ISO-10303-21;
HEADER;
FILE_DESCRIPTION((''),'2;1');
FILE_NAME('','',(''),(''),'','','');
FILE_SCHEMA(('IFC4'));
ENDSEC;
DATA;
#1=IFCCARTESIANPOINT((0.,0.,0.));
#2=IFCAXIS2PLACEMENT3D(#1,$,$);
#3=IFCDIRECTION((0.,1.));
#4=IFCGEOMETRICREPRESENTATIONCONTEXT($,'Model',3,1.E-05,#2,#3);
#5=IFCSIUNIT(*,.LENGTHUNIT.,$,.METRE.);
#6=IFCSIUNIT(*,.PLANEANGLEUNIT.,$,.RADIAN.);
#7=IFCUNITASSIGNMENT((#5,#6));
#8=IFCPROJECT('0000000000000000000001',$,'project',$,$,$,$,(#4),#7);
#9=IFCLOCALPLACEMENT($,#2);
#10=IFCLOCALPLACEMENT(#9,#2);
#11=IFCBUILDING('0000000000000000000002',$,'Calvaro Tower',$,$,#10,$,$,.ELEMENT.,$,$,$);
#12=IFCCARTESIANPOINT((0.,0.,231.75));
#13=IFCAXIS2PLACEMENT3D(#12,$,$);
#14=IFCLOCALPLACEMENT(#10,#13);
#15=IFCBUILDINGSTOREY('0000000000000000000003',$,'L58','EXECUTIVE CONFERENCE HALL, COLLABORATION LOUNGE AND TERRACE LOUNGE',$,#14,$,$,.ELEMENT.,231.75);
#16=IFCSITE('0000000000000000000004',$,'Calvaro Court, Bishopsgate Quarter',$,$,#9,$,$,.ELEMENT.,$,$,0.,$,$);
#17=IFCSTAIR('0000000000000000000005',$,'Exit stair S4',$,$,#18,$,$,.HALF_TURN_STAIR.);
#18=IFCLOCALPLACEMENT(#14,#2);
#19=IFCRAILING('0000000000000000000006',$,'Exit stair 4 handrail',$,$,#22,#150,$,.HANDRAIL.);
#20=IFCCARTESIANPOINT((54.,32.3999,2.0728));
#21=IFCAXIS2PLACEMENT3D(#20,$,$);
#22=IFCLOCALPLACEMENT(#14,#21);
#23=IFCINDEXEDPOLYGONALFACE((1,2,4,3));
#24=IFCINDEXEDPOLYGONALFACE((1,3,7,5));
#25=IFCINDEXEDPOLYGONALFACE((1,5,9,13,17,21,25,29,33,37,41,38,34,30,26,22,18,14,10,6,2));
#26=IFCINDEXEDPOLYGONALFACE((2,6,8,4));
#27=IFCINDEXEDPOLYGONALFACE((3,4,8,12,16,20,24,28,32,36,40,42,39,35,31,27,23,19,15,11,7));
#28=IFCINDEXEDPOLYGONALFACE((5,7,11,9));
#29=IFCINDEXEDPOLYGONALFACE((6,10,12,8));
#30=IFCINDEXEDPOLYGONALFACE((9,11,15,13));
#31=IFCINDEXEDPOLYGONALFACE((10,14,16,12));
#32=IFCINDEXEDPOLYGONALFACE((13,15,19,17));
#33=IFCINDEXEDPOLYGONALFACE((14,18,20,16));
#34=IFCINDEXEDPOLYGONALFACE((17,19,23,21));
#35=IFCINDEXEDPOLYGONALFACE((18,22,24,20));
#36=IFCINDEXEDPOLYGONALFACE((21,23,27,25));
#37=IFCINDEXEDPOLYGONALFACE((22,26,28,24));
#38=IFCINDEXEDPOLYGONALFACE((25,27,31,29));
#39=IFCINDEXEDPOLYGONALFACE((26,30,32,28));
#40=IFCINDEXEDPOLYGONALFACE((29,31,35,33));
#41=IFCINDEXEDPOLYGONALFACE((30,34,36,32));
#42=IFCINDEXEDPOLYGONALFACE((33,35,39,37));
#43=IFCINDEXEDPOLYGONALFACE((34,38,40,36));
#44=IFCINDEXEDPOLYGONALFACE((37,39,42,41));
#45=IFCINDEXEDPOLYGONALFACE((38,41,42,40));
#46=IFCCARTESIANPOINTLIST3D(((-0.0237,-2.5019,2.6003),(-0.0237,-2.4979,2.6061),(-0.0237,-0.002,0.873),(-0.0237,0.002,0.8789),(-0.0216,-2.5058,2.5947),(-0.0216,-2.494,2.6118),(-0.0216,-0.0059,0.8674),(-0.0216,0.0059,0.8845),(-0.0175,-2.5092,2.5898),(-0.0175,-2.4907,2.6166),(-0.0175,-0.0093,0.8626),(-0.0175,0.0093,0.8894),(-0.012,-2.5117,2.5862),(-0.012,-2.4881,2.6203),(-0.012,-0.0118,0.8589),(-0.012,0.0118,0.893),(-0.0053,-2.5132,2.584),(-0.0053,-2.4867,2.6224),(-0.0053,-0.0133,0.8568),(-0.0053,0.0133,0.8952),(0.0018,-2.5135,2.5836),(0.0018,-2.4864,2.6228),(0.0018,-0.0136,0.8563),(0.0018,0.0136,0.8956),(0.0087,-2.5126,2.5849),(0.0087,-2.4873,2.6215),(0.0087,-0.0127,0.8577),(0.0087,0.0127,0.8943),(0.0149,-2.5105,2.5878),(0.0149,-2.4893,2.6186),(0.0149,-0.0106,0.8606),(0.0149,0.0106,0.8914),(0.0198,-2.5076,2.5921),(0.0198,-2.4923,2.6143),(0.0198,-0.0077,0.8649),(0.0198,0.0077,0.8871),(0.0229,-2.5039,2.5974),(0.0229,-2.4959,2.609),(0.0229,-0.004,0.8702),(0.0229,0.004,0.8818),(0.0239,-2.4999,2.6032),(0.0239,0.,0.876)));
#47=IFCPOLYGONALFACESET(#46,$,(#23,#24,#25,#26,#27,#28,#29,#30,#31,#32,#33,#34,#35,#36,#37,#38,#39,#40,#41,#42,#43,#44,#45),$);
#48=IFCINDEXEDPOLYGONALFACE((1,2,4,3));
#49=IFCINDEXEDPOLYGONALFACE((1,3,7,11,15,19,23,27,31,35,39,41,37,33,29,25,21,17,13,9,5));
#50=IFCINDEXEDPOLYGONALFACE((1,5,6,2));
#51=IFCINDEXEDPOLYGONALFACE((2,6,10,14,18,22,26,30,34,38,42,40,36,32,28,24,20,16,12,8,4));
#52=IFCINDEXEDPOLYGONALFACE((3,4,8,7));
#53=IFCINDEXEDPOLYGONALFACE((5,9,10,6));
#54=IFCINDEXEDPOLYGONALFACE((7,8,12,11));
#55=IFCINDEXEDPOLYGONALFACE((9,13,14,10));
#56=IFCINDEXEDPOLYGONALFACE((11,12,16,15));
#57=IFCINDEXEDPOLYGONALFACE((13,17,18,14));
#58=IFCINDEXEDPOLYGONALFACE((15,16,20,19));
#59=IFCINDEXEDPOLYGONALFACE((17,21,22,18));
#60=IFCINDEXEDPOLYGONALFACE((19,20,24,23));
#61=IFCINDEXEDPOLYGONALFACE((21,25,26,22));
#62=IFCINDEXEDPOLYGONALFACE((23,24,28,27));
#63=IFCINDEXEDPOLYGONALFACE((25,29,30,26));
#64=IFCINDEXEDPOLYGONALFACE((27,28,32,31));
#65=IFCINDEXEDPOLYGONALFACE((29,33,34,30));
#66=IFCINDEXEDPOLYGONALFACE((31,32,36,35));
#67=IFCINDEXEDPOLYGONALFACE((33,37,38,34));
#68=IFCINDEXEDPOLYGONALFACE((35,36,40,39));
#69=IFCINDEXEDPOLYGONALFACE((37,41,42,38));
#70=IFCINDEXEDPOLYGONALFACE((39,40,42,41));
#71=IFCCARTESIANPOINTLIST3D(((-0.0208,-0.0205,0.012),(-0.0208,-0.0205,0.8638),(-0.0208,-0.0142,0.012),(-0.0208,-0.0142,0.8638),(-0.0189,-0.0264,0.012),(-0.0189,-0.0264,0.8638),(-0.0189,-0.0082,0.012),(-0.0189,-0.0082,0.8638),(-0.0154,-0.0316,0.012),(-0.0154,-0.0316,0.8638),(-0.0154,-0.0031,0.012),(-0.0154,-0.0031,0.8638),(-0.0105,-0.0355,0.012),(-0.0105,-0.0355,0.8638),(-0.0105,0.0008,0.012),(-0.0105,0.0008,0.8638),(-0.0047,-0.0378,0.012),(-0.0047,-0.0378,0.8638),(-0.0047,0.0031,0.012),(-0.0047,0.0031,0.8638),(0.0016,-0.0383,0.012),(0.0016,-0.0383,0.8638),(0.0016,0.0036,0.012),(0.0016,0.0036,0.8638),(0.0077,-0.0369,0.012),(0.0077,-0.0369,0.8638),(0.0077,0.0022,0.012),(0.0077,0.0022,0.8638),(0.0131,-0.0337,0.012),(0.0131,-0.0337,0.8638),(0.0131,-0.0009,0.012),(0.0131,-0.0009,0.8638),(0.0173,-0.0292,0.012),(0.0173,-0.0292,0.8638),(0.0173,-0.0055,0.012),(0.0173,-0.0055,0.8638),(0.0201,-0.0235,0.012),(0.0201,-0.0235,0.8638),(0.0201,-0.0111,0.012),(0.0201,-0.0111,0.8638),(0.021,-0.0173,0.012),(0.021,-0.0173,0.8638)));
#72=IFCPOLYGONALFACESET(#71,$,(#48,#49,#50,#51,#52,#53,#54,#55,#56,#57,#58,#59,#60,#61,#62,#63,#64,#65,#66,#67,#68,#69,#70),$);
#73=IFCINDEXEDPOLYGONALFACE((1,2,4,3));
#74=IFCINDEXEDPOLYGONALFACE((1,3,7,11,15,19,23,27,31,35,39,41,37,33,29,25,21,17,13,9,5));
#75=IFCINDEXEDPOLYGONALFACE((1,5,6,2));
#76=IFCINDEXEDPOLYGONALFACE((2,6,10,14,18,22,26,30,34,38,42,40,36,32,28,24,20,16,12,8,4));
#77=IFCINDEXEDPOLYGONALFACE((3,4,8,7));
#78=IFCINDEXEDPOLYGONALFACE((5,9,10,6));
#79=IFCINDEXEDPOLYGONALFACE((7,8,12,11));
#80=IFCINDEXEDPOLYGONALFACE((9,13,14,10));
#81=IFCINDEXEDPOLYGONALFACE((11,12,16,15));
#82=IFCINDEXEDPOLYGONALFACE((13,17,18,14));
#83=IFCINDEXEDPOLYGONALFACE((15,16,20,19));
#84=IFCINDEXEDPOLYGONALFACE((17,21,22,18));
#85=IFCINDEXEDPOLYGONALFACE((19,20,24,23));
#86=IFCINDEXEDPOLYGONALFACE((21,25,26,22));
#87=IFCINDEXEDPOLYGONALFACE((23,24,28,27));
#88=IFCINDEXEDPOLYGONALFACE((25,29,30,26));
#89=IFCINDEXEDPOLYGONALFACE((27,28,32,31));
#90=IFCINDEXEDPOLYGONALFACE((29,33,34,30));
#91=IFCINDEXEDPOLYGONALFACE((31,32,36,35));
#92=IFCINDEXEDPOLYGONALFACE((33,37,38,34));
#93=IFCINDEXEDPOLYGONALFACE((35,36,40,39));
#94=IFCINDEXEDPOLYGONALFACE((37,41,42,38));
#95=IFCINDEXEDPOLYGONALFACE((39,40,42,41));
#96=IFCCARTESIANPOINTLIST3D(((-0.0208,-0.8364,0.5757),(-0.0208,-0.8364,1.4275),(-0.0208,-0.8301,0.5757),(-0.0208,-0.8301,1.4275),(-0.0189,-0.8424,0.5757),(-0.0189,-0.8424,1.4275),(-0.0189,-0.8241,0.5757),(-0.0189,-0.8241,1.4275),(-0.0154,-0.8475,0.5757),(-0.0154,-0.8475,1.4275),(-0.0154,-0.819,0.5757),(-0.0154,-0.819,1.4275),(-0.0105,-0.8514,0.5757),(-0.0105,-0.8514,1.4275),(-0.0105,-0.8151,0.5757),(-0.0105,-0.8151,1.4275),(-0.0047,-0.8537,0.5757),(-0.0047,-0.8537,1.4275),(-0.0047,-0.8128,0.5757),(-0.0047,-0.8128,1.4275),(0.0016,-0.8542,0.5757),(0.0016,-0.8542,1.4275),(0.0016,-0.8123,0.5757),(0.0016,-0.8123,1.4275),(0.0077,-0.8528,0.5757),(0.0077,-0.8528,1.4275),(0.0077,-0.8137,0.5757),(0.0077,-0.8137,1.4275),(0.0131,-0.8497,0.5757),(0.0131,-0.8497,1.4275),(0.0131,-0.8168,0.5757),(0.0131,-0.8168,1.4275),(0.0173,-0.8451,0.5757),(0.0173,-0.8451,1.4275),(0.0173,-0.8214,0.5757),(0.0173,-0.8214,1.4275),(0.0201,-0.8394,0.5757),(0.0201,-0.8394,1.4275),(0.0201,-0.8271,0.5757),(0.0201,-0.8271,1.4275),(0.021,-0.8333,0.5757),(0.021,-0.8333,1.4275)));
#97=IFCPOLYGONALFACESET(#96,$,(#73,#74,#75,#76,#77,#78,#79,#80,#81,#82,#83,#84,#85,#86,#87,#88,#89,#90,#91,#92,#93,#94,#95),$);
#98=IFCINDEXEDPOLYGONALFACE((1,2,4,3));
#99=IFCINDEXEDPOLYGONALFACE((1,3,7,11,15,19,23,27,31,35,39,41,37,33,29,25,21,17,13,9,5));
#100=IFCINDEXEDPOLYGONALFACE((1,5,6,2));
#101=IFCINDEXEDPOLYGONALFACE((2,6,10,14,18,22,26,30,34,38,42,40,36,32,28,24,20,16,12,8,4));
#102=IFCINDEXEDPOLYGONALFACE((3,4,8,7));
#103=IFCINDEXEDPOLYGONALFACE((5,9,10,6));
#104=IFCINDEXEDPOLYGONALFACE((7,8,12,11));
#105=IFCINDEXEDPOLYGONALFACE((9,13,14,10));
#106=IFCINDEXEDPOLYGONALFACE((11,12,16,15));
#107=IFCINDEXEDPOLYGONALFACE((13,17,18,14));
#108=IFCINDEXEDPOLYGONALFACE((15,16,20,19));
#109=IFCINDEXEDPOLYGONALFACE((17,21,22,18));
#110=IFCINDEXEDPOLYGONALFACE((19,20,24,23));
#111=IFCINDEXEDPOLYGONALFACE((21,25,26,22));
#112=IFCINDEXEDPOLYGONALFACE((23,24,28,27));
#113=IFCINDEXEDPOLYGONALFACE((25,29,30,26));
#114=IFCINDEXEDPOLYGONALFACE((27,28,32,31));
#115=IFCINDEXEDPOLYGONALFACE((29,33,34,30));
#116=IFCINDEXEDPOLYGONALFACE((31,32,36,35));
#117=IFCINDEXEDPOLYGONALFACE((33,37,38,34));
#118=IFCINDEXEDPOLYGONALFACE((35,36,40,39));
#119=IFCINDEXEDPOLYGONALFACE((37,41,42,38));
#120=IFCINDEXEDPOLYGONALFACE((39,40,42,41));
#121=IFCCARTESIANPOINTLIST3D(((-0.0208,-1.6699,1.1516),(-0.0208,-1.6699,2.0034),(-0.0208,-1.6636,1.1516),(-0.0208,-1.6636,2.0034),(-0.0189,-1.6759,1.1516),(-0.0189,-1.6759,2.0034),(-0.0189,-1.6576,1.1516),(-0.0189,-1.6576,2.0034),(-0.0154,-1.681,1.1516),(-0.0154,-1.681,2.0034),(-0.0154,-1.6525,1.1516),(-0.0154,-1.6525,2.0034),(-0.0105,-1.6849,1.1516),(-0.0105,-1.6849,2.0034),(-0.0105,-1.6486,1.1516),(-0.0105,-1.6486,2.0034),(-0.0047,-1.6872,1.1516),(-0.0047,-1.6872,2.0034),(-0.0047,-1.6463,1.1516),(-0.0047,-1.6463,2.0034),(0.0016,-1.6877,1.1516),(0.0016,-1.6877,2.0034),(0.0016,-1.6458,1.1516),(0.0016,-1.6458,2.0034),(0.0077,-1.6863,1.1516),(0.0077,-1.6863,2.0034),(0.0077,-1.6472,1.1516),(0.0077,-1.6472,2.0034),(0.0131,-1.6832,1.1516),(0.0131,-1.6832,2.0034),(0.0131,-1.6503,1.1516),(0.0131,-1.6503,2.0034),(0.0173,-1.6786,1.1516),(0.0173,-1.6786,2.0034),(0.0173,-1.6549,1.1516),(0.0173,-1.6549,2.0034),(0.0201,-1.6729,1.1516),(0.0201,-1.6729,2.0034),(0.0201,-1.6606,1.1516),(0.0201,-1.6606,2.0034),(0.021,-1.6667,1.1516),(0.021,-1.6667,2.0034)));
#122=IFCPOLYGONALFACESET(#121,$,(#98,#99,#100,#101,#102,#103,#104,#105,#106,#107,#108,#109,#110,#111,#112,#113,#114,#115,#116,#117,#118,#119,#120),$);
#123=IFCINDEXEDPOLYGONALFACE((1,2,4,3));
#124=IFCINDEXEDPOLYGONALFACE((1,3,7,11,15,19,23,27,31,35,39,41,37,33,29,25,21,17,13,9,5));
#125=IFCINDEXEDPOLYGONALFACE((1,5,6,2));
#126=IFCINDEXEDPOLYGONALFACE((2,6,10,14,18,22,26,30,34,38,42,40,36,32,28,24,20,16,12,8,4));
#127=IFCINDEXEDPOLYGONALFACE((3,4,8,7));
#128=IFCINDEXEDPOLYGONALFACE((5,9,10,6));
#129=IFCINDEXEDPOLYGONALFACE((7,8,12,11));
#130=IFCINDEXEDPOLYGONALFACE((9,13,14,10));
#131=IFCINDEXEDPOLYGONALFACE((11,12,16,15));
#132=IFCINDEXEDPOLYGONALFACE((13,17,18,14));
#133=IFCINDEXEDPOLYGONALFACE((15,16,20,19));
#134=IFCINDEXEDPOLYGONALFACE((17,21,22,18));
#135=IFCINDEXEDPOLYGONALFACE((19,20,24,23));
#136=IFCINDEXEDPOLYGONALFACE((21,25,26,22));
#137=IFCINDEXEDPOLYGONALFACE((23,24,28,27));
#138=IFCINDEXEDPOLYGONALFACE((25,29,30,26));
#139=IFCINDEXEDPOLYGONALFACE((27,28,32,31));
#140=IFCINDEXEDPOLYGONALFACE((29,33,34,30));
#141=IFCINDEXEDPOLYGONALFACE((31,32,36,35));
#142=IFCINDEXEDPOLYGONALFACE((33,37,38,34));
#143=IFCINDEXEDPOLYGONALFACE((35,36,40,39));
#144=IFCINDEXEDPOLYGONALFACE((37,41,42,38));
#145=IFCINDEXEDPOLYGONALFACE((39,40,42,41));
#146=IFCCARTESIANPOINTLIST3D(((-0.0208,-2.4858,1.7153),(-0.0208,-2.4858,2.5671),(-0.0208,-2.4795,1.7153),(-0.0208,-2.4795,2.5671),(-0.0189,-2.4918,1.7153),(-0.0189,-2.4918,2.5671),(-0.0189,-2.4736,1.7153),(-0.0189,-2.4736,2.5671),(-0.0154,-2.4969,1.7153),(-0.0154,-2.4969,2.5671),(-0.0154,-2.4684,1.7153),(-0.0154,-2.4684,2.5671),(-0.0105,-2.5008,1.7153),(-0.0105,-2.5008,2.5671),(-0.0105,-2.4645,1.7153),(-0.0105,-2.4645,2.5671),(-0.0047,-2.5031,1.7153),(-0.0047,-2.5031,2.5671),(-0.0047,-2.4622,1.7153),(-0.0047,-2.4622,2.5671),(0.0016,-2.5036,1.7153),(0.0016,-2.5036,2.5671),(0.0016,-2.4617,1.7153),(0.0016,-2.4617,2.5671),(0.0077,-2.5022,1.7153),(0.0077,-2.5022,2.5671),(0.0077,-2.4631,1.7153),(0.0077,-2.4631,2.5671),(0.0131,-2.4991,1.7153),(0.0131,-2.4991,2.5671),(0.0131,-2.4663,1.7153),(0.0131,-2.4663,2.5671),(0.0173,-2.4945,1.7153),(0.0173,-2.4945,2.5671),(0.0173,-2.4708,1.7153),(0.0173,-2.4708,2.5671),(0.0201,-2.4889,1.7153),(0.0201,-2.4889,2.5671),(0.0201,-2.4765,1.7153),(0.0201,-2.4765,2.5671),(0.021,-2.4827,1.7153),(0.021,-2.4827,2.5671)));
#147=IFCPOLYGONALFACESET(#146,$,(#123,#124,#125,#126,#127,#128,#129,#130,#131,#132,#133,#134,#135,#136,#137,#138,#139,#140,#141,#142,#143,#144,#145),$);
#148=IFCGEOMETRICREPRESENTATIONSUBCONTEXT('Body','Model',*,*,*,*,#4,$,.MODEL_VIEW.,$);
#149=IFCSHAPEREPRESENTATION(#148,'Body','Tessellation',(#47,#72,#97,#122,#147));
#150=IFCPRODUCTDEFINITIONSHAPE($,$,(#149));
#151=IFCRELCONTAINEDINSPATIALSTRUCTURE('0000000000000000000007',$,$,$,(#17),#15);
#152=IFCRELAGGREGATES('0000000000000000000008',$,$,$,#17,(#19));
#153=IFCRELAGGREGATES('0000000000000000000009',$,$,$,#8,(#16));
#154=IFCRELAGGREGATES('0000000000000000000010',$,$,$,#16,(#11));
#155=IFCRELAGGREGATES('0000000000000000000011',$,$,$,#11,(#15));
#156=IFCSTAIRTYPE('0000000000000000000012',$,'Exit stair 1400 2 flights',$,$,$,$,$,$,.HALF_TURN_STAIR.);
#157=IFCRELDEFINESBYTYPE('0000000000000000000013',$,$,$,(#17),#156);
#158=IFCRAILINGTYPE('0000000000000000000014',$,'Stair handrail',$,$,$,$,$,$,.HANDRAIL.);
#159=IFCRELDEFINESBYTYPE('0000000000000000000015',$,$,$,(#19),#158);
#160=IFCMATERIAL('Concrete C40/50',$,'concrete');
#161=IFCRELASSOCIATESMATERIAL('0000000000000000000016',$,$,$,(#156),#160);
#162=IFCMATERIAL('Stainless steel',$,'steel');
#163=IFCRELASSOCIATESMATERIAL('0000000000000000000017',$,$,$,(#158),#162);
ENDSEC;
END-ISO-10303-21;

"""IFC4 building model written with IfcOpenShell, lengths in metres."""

from ifc_helpers import new_model, si_unit, direction, frame, origin, origin_2d, place, context, subcontext, project, spatial, circle, extrude, material, type_object, element, aggregate, save


model = new_model("IFC4")

# Units and contexts
model_context = context("Model", 3, precision=1e-05, world=origin(), true_north=direction((0.0, 1.0)))
body_context = subcontext(model_context, "Body", "Model", "MODEL_VIEW")
ifc_project = project(units=[si_unit("LENGTHUNIT", "METRE"), si_unit("PLANEANGLEUNIT", "RADIAN")], contexts=[model_context])

# Site, building, storey
site_placement = place(None, origin())
site = spatial("IfcSite", under=ifc_project, at=site_placement, Name="Calvaro Court, Bishopsgate Quarter", CompositionType="ELEMENT", RefElevation=0.0)
building_placement = place(site_placement, origin())
building = spatial("IfcBuilding", under=site, at=building_placement, Name="Calvaro Tower", CompositionType="ELEMENT")
storey_placement = place(building_placement, frame((0.0, 0.0, 231.75)))
storey = spatial("IfcBuildingStorey", under=building, at=storey_placement, Name="L58", Description="EXECUTIVE CONFERENCE HALL, COLLABORATION LOUNGE AND TERRACE LOUNGE", CompositionType="ELEMENT", Elevation=231.75)

# Stair, railing
ifc_material_1 = material(Name="Concrete C40/50", Category="concrete")
stair_type = type_object("IfcStairType", Name="Exit stair 1400 2 flights", PredefinedType="HALF_TURN_STAIR", material=ifc_material_1)
stair_placement = place(storey_placement, origin())
stair = element("IfcStair", 1, at=stair_placement, inside=storey, type_object=stair_type, Name="Exit stair S4", PredefinedType="HALF_TURN_STAIR")
ifc_material_2 = material(Name="Stainless steel", Category="steel")
railing_type = type_object("IfcRailingType", Name="Stair handrail", PredefinedType="HANDRAIL", material=ifc_material_2)
railing_1_placement = place(storey_placement, frame((54.0, 32.3999, 2.0728)))
railing_1 = element("IfcRailing", 2, at=railing_1_placement, type_object=railing_type, Name="Exit stair 4 handrail", PredefinedType="HANDRAIL", context=body_context, shape_type="SweptSolid", body=[
    extrude(circle(Radius=0.0239, at=origin_2d()), frame((0.0, 0.0, 0.876), z_axis=(0.0, -0.822727, 0.568437), x_axis=(1.0, 0.0, 0.0)), (0.0, 0.0, 1.0), 3.0386),
    extrude(circle(Radius=0.021, at=origin_2d()), frame((0.0, -0.0173, 0.012)), (0.0, 0.0, 1.0), 0.8518),
    extrude(circle(Radius=0.021, at=origin_2d()), frame((0.0, -0.8333, 0.5757)), (0.0, 0.0, 1.0), 0.8518),
    extrude(circle(Radius=0.021, at=origin_2d()), frame((0.0, -1.6667, 1.1516)), (0.0, 0.0, 1.0), 0.8518),
    extrude(circle(Radius=0.021, at=origin_2d()), frame((0.0, -2.4827, 1.7153)), (0.0, 0.0, 1.0), 0.8518),
])
aggregate(stair, [railing_1])

save(model, "model.ifc")
